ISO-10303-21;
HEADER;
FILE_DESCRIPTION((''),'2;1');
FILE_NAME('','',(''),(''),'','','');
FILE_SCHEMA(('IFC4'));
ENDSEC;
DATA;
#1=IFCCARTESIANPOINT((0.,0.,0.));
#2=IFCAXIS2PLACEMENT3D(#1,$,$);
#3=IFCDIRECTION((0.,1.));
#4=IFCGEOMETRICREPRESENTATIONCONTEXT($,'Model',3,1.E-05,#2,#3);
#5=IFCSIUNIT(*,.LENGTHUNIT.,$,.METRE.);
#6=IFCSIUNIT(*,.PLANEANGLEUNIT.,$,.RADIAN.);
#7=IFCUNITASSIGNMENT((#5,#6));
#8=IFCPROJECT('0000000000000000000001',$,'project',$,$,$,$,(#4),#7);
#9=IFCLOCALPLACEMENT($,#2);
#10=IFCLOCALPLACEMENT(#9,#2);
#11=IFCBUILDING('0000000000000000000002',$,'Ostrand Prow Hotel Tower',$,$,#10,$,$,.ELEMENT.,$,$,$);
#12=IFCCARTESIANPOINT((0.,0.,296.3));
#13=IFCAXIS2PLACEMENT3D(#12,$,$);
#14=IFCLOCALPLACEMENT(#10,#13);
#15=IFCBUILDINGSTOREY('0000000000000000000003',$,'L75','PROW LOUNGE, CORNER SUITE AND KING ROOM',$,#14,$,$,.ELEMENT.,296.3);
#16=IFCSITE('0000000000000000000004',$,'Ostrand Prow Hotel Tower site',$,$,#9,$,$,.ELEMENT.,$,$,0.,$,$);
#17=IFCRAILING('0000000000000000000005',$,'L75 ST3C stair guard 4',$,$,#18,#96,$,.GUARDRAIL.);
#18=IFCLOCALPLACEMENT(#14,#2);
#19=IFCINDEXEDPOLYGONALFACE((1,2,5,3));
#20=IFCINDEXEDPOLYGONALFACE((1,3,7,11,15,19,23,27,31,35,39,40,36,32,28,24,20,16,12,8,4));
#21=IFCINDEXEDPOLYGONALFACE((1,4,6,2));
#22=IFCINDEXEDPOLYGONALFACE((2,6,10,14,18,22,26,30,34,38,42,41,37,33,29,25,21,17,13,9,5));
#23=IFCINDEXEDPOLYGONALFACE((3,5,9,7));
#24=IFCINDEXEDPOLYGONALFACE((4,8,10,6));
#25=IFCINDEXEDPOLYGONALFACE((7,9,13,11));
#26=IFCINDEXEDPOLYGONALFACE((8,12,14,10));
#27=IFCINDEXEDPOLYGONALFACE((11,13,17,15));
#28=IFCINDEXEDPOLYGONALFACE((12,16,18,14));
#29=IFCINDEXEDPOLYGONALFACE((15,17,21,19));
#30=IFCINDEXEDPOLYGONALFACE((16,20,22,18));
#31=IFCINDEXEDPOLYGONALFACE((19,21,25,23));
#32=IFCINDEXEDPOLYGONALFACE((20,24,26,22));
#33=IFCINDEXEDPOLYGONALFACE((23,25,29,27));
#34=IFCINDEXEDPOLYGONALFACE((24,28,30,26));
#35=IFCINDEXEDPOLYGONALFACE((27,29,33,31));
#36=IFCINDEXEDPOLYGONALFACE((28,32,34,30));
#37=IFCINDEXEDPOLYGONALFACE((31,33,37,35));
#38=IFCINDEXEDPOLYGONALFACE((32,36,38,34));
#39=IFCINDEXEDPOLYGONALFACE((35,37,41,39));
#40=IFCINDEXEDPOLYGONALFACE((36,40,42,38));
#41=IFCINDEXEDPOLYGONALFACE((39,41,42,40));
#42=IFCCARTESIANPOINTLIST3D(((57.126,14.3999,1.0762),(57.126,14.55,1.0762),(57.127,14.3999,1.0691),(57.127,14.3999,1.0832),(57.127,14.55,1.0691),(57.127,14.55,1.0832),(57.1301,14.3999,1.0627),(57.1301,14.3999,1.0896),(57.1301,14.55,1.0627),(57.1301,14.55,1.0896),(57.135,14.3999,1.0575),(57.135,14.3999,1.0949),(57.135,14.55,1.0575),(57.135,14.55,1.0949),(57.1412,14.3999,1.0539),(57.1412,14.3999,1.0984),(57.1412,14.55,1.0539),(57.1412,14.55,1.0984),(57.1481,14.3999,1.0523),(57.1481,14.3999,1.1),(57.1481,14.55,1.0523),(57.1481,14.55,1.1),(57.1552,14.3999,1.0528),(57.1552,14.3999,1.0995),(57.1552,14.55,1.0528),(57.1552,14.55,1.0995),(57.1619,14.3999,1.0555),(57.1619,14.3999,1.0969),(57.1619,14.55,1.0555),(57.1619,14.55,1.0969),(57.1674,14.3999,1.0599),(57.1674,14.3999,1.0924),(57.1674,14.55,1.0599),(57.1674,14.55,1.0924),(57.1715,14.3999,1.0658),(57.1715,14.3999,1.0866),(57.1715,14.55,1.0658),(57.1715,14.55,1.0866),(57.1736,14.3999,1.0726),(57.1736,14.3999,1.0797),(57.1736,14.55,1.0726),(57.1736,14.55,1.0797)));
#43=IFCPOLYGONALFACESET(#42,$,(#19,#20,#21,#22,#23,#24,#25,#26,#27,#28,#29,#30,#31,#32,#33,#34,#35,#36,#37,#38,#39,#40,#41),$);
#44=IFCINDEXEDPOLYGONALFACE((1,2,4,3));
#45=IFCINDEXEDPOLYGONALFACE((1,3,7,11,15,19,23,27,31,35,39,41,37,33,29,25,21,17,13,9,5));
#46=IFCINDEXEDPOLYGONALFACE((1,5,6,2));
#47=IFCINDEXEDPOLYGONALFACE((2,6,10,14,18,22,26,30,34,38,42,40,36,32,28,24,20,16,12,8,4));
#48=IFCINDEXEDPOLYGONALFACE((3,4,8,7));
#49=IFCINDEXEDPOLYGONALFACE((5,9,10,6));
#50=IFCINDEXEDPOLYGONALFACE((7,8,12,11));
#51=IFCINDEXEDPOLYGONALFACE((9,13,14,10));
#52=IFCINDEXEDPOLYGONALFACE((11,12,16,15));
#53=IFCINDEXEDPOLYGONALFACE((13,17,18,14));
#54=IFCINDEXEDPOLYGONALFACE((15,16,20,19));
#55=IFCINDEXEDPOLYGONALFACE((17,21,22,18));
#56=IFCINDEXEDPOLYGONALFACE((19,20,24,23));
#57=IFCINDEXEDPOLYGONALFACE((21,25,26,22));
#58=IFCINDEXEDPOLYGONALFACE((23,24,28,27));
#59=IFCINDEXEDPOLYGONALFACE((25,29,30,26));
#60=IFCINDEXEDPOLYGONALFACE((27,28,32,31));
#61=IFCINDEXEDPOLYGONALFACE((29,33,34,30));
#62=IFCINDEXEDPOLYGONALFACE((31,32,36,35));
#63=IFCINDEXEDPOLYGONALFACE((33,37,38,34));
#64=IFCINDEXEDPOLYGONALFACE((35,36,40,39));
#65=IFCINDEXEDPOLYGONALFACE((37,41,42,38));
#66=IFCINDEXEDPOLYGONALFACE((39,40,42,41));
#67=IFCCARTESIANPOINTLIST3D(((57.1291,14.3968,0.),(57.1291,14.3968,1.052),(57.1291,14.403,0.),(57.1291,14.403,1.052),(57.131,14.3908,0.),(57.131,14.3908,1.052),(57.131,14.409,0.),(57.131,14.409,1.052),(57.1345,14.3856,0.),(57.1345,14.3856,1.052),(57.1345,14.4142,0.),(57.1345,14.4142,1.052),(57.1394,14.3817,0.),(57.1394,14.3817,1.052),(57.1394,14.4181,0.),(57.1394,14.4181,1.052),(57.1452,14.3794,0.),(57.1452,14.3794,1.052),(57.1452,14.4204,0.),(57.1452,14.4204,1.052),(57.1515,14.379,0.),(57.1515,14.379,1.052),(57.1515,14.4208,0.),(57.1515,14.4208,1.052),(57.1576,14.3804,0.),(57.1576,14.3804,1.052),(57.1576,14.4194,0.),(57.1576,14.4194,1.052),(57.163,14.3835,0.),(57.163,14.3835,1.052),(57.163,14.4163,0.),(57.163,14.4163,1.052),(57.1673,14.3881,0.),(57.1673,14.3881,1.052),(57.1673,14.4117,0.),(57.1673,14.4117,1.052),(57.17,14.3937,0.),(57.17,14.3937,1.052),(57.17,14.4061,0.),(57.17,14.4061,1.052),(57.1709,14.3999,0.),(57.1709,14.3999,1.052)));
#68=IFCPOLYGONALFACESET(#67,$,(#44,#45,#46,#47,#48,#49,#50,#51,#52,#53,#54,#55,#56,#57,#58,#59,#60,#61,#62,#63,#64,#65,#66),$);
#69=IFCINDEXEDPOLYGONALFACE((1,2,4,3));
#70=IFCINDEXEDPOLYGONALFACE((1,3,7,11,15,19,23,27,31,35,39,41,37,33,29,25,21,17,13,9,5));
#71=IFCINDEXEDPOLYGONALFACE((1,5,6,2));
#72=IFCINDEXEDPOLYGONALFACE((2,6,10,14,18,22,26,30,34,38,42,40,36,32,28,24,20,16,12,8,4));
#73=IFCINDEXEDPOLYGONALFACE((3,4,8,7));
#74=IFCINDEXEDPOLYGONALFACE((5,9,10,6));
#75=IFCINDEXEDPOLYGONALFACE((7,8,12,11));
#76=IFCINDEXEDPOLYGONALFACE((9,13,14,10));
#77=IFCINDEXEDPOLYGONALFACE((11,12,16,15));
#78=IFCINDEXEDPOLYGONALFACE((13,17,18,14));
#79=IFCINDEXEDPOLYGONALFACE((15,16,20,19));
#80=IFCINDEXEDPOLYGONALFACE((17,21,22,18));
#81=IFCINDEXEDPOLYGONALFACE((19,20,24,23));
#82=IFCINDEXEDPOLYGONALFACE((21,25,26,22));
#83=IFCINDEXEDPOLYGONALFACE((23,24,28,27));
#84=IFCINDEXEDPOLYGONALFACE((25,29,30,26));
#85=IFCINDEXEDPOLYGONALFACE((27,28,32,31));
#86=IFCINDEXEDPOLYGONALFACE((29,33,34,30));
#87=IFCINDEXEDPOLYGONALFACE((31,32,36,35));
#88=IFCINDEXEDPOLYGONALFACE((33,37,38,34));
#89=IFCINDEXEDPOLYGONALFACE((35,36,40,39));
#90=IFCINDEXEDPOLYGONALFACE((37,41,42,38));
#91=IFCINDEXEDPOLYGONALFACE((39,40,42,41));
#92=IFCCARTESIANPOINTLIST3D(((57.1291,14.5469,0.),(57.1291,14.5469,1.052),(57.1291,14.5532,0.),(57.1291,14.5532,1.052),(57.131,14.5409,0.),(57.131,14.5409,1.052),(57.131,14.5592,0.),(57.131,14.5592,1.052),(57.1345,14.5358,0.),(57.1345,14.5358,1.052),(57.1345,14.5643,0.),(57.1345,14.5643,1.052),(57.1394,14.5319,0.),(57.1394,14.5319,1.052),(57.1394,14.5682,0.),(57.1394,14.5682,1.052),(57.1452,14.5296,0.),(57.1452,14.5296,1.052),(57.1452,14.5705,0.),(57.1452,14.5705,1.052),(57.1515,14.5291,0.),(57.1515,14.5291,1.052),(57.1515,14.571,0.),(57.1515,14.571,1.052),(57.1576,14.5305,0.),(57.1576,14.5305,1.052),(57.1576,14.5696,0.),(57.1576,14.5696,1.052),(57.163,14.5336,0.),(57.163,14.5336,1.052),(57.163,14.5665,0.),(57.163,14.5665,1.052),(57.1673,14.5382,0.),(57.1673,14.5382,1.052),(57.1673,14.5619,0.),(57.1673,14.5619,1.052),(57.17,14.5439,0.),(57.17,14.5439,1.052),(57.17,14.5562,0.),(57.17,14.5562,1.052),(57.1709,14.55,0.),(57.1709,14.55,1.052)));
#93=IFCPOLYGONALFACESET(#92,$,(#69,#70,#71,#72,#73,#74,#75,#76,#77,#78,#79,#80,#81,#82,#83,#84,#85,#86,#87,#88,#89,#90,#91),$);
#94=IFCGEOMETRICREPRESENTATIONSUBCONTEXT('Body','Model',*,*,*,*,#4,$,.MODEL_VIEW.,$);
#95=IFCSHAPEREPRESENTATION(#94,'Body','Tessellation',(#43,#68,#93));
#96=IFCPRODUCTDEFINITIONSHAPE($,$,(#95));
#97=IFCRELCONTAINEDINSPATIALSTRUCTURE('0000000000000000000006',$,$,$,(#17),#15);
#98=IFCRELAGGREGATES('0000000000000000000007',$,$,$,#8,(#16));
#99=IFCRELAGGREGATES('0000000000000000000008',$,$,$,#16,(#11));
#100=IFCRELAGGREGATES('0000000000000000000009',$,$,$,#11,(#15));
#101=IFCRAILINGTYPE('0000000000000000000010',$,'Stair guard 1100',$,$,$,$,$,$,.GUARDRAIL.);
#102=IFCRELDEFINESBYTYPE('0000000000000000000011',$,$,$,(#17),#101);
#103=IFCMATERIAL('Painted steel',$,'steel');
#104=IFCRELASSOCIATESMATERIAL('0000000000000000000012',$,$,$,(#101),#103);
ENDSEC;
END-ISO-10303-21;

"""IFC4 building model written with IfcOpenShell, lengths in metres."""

from ifc_helpers import new_model, si_unit, direction, frame, origin, origin_2d, place, context, subcontext, project, spatial, circle, extrude, material, type_object, element, save


model = new_model("IFC4")

# Units and contexts
model_context = context("Model", 3, precision=1e-05, world=origin(), true_north=direction((0.0, 1.0)))
body_context = subcontext(model_context, "Body", "Model", "MODEL_VIEW")
ifc_project = project(units=[si_unit("LENGTHUNIT", "METRE"), si_unit("PLANEANGLEUNIT", "RADIAN")], contexts=[model_context])

# Site, building, storey
site_placement = place(None, origin())
site = spatial("IfcSite", under=ifc_project, at=site_placement, Name="Ostrand Prow Hotel Tower site", CompositionType="ELEMENT", RefElevation=0.0)
building_placement = place(site_placement, origin())
building = spatial("IfcBuilding", under=site, at=building_placement, Name="Ostrand Prow Hotel Tower", CompositionType="ELEMENT")
storey_placement = place(building_placement, frame((0.0, 0.0, 296.3)))
storey = spatial("IfcBuildingStorey", under=building, at=storey_placement, Name="L75", Description="PROW LOUNGE, CORNER SUITE AND KING ROOM", CompositionType="ELEMENT", Elevation=296.3)

# Railing
ifc_material_1 = material(Name="Painted steel", Category="steel")
railing_type_1 = type_object("IfcRailingType", Name="Stair guard 1100", PredefinedType="GUARDRAIL", material=ifc_material_1)
railing_1_placement = place(storey_placement, frame((57.1499, 14.3999, 0.0)))
element("IfcRailing", 1, at=railing_1_placement, inside=storey, type_object=railing_type_1, Name="L75 ST3C stair guard 4", PredefinedType="GUARDRAIL", context=body_context, shape_type="SweptSolid", body=[
    extrude(circle(Radius=0.0239, at=origin_2d()), frame((0.0, 0.0, 1.0762), z_axis=(0.0, 1.0, 0.0), x_axis=(-1.0, 0.0, 0.0)), (0.0, 0.0, 1.0), 0.1501),
    extrude(circle(Radius=0.021, at=origin_2d()), origin(), (0.0, 0.0, 1.0), 1.052),
    extrude(circle(Radius=0.021, at=origin_2d()), frame((0.0, 0.1501, 0.0)), (0.0, 0.0, 1.0), 1.052),
])

save(model, "model.ifc")
